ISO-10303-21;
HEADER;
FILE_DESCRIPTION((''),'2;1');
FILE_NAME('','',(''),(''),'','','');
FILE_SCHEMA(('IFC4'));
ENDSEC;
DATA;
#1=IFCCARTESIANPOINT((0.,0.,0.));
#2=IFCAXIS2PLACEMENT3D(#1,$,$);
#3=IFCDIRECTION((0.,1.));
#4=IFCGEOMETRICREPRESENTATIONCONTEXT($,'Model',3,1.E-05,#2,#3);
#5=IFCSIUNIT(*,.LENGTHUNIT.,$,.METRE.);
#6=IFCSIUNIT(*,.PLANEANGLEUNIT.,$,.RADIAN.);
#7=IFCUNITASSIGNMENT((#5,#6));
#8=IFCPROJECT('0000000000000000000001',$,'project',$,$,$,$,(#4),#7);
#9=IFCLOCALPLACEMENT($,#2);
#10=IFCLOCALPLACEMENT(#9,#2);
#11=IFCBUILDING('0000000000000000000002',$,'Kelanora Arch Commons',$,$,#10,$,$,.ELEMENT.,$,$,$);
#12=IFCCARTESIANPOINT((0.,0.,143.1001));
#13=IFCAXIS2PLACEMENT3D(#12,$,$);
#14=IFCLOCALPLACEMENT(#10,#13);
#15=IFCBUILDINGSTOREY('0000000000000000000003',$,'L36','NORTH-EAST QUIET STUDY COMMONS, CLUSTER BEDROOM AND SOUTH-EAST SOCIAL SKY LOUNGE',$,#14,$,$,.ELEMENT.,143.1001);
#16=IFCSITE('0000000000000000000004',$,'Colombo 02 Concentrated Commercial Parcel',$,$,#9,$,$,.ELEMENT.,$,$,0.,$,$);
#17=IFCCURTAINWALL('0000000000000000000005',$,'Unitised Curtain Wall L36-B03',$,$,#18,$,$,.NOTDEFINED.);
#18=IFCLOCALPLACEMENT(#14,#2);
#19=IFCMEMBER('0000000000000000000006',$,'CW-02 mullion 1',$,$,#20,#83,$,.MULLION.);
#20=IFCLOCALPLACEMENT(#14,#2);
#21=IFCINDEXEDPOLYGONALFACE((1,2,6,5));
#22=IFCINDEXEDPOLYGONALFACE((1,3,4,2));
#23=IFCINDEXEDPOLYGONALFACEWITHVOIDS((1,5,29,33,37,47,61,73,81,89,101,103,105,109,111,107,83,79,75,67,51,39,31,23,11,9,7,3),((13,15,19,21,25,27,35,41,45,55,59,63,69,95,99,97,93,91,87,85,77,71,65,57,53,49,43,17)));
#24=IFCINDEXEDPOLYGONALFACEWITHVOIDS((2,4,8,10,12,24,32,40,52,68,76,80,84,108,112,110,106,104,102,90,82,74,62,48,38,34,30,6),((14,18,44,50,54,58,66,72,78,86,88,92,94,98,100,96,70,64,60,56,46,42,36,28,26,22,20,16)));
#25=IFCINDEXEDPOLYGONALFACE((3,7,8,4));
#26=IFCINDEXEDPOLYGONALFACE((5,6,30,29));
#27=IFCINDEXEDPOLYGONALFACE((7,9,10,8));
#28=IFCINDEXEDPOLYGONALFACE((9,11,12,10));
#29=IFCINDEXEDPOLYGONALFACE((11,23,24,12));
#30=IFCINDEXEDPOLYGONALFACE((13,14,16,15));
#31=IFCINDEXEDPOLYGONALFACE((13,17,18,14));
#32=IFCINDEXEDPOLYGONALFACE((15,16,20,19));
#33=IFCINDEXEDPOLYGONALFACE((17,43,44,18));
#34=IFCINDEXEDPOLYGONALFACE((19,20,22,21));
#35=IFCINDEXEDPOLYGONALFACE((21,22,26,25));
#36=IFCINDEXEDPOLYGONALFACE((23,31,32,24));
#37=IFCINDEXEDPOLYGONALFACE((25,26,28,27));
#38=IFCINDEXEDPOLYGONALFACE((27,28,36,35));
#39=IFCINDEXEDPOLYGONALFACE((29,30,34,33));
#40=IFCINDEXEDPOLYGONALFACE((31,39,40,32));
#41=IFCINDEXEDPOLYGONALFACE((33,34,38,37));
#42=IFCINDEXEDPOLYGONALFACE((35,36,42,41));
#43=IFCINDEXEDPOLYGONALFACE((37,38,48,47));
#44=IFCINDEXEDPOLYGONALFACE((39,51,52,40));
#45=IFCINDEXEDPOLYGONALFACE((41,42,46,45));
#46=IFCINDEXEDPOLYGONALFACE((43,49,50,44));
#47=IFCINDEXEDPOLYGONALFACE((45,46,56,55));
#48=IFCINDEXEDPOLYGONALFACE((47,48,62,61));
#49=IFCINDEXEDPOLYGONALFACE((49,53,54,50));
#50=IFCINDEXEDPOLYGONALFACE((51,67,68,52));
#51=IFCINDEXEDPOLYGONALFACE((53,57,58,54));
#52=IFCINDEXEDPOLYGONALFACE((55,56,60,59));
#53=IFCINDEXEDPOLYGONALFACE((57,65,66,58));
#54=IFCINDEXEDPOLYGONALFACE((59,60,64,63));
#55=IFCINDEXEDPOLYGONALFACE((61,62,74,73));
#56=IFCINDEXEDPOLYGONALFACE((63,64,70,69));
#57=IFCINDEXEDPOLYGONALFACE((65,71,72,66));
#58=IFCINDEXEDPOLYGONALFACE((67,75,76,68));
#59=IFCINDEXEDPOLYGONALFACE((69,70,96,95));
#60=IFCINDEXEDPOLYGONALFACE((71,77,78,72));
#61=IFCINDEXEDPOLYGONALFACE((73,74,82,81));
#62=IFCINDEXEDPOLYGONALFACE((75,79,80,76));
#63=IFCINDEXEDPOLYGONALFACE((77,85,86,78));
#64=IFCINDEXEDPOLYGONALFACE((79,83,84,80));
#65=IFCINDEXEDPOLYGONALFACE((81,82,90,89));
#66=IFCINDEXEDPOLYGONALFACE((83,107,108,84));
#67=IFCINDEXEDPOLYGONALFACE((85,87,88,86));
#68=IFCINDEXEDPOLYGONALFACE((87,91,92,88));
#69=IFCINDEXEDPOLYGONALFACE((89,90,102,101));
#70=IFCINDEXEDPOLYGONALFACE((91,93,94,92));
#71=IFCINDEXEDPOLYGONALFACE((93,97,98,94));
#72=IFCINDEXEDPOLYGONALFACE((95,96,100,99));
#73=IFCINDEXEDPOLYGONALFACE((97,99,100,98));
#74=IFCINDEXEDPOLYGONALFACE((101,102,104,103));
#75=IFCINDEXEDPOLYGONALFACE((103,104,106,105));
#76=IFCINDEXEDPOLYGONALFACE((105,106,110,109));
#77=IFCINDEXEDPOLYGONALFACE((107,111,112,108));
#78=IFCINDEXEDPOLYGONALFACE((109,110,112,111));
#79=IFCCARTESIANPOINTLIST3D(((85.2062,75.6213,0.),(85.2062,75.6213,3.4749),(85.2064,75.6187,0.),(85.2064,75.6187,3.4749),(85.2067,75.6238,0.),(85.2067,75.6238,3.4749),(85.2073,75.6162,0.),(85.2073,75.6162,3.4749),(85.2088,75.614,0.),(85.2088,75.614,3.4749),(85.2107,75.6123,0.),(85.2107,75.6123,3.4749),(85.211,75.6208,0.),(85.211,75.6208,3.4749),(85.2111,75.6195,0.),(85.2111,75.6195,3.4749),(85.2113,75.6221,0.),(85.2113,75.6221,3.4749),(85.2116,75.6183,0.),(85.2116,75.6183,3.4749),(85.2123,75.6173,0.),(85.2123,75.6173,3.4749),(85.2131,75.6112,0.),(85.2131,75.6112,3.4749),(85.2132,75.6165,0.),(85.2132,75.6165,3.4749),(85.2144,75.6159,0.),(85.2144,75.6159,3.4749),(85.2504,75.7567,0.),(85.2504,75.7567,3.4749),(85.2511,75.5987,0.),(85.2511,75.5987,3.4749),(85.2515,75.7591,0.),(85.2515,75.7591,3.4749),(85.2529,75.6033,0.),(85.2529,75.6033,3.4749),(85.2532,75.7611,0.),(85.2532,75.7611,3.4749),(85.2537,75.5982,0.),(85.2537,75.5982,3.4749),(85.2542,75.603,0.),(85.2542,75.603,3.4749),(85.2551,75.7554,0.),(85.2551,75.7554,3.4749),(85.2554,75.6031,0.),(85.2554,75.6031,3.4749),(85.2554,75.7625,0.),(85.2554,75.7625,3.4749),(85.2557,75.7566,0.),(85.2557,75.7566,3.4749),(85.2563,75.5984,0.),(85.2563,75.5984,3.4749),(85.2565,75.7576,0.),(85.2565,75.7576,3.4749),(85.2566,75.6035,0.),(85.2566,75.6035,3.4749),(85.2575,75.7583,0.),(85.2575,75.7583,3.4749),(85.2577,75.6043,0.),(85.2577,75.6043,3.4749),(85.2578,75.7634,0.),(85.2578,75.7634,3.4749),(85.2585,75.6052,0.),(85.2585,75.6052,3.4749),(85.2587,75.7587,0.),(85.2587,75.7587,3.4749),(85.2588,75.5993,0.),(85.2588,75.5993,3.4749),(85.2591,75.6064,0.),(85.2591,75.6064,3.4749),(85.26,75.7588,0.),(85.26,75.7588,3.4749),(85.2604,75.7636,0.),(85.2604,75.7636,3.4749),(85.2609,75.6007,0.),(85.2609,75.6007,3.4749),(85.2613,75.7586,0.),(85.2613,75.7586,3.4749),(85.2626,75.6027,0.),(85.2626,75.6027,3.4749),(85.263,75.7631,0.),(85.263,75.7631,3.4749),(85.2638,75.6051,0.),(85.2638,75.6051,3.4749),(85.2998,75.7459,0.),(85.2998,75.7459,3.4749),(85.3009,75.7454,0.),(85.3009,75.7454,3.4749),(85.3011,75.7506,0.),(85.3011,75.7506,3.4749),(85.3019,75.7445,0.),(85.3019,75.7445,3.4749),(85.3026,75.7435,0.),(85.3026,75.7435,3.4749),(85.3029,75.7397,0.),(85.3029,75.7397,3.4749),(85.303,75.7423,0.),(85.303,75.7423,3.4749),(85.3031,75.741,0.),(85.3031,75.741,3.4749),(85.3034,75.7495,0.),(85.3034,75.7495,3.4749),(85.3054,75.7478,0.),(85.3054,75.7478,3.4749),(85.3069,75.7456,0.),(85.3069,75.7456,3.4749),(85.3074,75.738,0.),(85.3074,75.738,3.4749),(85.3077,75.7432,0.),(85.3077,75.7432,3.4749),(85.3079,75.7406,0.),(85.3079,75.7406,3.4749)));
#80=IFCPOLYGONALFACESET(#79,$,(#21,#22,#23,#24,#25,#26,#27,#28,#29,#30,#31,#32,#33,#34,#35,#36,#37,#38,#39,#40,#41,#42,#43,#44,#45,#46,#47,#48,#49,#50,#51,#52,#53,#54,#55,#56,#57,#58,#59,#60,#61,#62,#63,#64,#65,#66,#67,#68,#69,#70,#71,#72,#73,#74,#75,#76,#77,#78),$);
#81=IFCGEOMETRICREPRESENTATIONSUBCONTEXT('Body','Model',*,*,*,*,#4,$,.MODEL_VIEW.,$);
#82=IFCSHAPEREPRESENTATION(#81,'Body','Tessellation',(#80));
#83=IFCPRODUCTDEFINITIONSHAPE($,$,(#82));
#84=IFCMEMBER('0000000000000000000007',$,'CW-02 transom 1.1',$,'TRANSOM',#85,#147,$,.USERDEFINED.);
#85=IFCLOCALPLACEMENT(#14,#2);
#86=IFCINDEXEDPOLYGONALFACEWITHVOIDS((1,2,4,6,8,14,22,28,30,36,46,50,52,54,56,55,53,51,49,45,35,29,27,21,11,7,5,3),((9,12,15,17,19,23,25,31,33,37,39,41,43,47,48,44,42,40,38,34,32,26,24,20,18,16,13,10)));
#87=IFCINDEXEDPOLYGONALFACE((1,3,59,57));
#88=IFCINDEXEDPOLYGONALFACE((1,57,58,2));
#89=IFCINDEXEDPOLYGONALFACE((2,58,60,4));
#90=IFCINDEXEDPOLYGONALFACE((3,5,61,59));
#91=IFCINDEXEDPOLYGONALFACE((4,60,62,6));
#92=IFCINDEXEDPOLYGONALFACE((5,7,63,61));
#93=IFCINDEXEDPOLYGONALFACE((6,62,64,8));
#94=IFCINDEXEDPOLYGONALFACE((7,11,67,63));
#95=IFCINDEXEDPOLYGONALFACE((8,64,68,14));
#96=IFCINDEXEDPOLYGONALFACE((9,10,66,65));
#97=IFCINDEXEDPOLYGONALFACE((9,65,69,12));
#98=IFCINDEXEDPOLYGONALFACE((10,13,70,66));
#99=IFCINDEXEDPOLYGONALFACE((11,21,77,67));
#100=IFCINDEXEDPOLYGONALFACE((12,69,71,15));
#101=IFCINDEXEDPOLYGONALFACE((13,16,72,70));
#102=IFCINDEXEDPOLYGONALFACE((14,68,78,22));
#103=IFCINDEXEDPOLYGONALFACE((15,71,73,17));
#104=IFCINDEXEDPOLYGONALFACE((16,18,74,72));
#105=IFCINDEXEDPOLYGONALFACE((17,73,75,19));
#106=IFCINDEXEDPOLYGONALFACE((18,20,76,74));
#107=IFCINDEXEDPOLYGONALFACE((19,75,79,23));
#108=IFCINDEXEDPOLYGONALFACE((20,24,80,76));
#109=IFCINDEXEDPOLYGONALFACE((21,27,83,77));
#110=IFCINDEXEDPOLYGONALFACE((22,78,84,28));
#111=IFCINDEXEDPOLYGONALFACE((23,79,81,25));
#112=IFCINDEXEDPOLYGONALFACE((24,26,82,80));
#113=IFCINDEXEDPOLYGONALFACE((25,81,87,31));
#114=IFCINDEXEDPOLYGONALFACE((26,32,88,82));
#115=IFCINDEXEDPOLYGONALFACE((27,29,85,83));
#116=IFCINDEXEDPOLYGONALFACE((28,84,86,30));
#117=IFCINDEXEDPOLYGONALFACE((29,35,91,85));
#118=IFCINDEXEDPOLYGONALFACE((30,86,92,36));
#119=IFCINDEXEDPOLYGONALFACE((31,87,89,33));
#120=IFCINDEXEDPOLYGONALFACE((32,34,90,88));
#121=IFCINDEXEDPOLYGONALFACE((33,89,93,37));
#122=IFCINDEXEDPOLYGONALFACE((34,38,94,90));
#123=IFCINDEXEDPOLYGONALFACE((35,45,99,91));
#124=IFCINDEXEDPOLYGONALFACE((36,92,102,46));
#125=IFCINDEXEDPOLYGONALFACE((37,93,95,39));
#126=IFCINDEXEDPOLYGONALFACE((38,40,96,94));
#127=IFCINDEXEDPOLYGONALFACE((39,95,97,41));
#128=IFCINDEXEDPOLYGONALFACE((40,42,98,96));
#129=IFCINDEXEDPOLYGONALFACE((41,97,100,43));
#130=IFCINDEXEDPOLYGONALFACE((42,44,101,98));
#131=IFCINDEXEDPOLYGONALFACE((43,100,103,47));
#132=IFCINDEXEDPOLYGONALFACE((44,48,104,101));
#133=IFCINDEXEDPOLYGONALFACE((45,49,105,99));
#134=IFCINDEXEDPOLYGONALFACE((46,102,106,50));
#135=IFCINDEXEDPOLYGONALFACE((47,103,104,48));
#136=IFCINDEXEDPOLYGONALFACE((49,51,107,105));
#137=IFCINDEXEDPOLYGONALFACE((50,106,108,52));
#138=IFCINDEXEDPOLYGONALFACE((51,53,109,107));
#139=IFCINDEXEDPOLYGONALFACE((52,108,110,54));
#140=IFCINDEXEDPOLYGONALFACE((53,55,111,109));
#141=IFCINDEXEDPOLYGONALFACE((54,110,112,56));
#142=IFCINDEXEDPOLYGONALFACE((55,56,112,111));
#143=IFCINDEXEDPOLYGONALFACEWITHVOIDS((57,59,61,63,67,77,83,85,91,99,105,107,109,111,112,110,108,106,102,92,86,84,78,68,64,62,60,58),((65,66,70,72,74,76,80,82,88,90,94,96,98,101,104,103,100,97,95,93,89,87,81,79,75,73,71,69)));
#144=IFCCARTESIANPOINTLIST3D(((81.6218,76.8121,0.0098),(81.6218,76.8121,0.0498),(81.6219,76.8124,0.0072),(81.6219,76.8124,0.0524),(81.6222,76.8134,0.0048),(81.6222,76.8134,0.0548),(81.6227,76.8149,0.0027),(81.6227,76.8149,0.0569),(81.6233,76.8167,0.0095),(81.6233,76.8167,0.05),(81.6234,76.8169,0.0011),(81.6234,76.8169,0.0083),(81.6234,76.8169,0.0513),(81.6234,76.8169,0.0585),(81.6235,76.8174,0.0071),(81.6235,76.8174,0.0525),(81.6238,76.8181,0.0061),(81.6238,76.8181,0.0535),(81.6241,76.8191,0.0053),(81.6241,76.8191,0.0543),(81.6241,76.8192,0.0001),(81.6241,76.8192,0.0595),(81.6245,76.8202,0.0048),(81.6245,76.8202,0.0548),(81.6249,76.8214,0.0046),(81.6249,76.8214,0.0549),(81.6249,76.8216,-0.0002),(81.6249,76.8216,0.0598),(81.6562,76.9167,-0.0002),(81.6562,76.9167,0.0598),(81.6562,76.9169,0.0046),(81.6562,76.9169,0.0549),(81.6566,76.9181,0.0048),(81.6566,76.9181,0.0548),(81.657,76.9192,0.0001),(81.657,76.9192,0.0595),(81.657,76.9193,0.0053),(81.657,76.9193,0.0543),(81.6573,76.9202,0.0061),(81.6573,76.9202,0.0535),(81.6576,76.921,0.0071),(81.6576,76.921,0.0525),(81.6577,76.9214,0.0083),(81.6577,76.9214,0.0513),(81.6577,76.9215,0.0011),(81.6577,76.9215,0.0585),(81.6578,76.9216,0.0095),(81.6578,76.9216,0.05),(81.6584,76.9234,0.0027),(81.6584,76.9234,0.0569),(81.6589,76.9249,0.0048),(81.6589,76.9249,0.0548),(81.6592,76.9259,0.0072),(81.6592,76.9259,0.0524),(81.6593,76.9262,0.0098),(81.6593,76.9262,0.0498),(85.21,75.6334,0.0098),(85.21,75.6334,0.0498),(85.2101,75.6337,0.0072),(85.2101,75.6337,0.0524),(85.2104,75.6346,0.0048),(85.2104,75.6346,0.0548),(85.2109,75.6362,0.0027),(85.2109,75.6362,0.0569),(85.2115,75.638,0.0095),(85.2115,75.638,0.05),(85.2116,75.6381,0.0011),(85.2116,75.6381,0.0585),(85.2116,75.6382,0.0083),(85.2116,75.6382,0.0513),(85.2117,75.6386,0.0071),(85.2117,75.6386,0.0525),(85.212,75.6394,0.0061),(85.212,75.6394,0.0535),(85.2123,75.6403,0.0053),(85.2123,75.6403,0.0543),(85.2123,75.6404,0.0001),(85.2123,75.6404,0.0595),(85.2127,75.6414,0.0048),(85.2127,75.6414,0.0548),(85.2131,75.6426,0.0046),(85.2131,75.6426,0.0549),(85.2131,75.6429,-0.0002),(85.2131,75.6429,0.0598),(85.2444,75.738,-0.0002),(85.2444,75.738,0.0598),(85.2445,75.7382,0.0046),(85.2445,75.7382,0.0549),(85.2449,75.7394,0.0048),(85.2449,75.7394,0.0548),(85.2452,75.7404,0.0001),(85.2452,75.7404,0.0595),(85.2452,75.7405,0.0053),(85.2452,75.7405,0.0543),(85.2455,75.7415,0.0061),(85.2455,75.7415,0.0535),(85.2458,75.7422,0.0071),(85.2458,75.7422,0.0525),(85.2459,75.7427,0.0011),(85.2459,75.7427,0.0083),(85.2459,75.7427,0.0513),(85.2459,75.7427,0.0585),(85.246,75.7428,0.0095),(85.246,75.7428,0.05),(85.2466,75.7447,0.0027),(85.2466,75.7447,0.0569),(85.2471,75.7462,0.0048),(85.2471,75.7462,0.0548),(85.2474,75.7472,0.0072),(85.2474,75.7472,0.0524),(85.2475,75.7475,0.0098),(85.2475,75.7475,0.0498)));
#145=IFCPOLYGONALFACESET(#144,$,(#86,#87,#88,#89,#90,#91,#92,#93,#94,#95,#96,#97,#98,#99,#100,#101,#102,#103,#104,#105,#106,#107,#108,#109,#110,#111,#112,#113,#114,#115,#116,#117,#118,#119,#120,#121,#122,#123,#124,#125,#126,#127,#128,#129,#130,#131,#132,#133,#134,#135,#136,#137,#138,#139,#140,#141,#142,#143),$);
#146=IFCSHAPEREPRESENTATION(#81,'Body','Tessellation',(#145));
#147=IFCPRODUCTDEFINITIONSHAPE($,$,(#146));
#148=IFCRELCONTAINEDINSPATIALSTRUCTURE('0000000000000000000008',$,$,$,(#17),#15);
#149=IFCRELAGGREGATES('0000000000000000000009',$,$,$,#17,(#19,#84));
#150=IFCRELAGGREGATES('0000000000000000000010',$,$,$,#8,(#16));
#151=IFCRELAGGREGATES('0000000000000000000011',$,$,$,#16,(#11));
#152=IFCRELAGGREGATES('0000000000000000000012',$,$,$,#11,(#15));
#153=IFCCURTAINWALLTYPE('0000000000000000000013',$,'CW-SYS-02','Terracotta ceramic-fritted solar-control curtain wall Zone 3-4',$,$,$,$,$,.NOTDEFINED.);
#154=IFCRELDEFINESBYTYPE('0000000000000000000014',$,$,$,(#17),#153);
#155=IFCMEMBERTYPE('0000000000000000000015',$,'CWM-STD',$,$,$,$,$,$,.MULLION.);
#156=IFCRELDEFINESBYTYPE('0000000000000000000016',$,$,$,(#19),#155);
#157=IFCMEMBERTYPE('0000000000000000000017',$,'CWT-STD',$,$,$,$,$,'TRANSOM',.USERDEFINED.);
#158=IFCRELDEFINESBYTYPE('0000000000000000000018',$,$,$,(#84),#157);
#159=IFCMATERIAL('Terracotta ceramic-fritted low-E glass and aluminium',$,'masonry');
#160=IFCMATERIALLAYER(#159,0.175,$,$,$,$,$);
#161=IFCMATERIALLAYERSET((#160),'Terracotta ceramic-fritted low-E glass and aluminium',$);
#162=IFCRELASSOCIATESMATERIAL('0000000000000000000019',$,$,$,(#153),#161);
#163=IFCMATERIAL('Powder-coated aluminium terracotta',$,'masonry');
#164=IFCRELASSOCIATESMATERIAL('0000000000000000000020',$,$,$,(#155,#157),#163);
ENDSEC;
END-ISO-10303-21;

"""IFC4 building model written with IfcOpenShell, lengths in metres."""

from ifc_helpers import new_model, si_unit, direction, frame, origin, origin_2d, place, context, subcontext, project, spatial, hollow_rectangle, extrude, material, layer, layer_set, material_profile, profile_set, type_object, element, aggregate, save


model = new_model("IFC4")

# Units and contexts
model_context = context("Model", 3, precision=1e-05, world=origin(), true_north=direction((0.0, 1.0)))
body_context = subcontext(model_context, "Body", "Model", "MODEL_VIEW")
ifc_project = project(units=[si_unit("LENGTHUNIT", "METRE"), si_unit("PLANEANGLEUNIT", "RADIAN")], contexts=[model_context])

# Site, building, storey
site_placement = place(None, origin())
site = spatial("IfcSite", under=ifc_project, at=site_placement, Name="Colombo 02 Concentrated Commercial Parcel", CompositionType="ELEMENT", RefElevation=0.0)
building_placement = place(site_placement, origin())
building = spatial("IfcBuilding", under=site, at=building_placement, Name="Kelanora Arch Commons", CompositionType="ELEMENT")
storey_placement = place(building_placement, frame((0.0, 0.0, 143.1001)))
storey = spatial("IfcBuildingStorey", under=building, at=storey_placement, Name="L36", Description="NORTH-EAST QUIET STUDY COMMONS, CLUSTER BEDROOM AND SOUTH-EAST SOCIAL SKY LOUNGE", CompositionType="ELEMENT", Elevation=143.1001)

# Shared definitions
ifc_material_1 = material(Name="Terracotta ceramic-fritted low-E glass and aluminium", Category="masonry")
ifc_layer_1 = layer(ifc_material_1, 0.175)
ifc_layer_set_1 = layer_set([ifc_layer_1], Name="Terracotta ceramic-fritted low-E glass and aluminium")
curtain_wall_type = type_object("IfcCurtainWallType", Name="CW-SYS-02", Description="Terracotta ceramic-fritted solar-control curtain wall Zone 3-4", PredefinedType="NOTDEFINED", material=ifc_layer_set_1)
ifc_material_2 = material(Name="Powder-coated aluminium terracotta", Category="masonry")
ifc_material_profile_1 = material_profile(ifc_material_2, hollow_rectangle(XDim=0.1599, YDim=0.0601, WallThickness=0.0049, InnerFilletRadius=0.0049, OuterFilletRadius=0.01, at=origin_2d()), Name="CWM160x60")
ifc_profile_set_1 = profile_set([ifc_material_profile_1], Name="Powder-coated aluminium terracotta")
member_type_1 = type_object("IfcMemberType", Name="CWM-STD", PredefinedType="MULLION", material=ifc_profile_set_1)

# Curtain wall, members
curtain_wall_1_placement = place(storey_placement, origin())
curtain_wall_1 = element("IfcCurtainWall", 1, at=curtain_wall_1_placement, inside=storey, type_object=curtain_wall_type, Name="Unitised Curtain Wall L36-B03", PredefinedType="NOTDEFINED")
member_1_placement = place(storey_placement, frame((85.2571, 75.6809, 0.0), z_axis=(0.0, 0.0, 1.0), x_axis=(-0.312128, -0.95004, 0.0)))
member_1 = element("IfcMember", 2, at=member_1_placement, type_object=member_type_1, Name="CW-02 mullion 1", PredefinedType="MULLION", context=body_context, shape_type="SweptSolid", body=[
    extrude(hollow_rectangle(XDim=0.1599, YDim=0.0601, WallThickness=0.0049, InnerFilletRadius=0.0049, OuterFilletRadius=0.01, at=origin_2d()), origin(), (0.0, 0.0, 1.0), 3.4749),
])
ifc_material_profile_2 = material_profile(ifc_material_2, hollow_rectangle(XDim=0.1201, YDim=0.0601, WallThickness=0.0049, InnerFilletRadius=0.0049, OuterFilletRadius=0.01, at=origin_2d()), Name="CWT120x60")
ifc_profile_set_2 = profile_set([ifc_material_profile_2], Name="Powder-coated aluminium terracotta")
member_type_2 = type_object("IfcMemberType", Name="CWT-STD", ElementType="TRANSOM", PredefinedType="USERDEFINED", material=ifc_profile_set_2)
member_2_placement = place(storey_placement, frame((85.2288, 75.6904, 0.0298), z_axis=(-0.950051, 0.312094, 0.0), x_axis=(-0.312094, -0.950051, 0.0)))
member_2 = element("IfcMember", 3, at=member_2_placement, type_object=member_type_2, Name="CW-02 transom 1.1", ObjectType="TRANSOM", PredefinedType="USERDEFINED", context=body_context, shape_type="SweptSolid", body=[
    extrude(hollow_rectangle(XDim=0.1201, YDim=0.0601, WallThickness=0.0049, InnerFilletRadius=0.0049, OuterFilletRadius=0.01, at=origin_2d()), origin(), (0.0, 0.0, 1.0), 3.7769),
])
aggregate(curtain_wall_1, [member_1, member_2])

save(model, "model.ifc")
